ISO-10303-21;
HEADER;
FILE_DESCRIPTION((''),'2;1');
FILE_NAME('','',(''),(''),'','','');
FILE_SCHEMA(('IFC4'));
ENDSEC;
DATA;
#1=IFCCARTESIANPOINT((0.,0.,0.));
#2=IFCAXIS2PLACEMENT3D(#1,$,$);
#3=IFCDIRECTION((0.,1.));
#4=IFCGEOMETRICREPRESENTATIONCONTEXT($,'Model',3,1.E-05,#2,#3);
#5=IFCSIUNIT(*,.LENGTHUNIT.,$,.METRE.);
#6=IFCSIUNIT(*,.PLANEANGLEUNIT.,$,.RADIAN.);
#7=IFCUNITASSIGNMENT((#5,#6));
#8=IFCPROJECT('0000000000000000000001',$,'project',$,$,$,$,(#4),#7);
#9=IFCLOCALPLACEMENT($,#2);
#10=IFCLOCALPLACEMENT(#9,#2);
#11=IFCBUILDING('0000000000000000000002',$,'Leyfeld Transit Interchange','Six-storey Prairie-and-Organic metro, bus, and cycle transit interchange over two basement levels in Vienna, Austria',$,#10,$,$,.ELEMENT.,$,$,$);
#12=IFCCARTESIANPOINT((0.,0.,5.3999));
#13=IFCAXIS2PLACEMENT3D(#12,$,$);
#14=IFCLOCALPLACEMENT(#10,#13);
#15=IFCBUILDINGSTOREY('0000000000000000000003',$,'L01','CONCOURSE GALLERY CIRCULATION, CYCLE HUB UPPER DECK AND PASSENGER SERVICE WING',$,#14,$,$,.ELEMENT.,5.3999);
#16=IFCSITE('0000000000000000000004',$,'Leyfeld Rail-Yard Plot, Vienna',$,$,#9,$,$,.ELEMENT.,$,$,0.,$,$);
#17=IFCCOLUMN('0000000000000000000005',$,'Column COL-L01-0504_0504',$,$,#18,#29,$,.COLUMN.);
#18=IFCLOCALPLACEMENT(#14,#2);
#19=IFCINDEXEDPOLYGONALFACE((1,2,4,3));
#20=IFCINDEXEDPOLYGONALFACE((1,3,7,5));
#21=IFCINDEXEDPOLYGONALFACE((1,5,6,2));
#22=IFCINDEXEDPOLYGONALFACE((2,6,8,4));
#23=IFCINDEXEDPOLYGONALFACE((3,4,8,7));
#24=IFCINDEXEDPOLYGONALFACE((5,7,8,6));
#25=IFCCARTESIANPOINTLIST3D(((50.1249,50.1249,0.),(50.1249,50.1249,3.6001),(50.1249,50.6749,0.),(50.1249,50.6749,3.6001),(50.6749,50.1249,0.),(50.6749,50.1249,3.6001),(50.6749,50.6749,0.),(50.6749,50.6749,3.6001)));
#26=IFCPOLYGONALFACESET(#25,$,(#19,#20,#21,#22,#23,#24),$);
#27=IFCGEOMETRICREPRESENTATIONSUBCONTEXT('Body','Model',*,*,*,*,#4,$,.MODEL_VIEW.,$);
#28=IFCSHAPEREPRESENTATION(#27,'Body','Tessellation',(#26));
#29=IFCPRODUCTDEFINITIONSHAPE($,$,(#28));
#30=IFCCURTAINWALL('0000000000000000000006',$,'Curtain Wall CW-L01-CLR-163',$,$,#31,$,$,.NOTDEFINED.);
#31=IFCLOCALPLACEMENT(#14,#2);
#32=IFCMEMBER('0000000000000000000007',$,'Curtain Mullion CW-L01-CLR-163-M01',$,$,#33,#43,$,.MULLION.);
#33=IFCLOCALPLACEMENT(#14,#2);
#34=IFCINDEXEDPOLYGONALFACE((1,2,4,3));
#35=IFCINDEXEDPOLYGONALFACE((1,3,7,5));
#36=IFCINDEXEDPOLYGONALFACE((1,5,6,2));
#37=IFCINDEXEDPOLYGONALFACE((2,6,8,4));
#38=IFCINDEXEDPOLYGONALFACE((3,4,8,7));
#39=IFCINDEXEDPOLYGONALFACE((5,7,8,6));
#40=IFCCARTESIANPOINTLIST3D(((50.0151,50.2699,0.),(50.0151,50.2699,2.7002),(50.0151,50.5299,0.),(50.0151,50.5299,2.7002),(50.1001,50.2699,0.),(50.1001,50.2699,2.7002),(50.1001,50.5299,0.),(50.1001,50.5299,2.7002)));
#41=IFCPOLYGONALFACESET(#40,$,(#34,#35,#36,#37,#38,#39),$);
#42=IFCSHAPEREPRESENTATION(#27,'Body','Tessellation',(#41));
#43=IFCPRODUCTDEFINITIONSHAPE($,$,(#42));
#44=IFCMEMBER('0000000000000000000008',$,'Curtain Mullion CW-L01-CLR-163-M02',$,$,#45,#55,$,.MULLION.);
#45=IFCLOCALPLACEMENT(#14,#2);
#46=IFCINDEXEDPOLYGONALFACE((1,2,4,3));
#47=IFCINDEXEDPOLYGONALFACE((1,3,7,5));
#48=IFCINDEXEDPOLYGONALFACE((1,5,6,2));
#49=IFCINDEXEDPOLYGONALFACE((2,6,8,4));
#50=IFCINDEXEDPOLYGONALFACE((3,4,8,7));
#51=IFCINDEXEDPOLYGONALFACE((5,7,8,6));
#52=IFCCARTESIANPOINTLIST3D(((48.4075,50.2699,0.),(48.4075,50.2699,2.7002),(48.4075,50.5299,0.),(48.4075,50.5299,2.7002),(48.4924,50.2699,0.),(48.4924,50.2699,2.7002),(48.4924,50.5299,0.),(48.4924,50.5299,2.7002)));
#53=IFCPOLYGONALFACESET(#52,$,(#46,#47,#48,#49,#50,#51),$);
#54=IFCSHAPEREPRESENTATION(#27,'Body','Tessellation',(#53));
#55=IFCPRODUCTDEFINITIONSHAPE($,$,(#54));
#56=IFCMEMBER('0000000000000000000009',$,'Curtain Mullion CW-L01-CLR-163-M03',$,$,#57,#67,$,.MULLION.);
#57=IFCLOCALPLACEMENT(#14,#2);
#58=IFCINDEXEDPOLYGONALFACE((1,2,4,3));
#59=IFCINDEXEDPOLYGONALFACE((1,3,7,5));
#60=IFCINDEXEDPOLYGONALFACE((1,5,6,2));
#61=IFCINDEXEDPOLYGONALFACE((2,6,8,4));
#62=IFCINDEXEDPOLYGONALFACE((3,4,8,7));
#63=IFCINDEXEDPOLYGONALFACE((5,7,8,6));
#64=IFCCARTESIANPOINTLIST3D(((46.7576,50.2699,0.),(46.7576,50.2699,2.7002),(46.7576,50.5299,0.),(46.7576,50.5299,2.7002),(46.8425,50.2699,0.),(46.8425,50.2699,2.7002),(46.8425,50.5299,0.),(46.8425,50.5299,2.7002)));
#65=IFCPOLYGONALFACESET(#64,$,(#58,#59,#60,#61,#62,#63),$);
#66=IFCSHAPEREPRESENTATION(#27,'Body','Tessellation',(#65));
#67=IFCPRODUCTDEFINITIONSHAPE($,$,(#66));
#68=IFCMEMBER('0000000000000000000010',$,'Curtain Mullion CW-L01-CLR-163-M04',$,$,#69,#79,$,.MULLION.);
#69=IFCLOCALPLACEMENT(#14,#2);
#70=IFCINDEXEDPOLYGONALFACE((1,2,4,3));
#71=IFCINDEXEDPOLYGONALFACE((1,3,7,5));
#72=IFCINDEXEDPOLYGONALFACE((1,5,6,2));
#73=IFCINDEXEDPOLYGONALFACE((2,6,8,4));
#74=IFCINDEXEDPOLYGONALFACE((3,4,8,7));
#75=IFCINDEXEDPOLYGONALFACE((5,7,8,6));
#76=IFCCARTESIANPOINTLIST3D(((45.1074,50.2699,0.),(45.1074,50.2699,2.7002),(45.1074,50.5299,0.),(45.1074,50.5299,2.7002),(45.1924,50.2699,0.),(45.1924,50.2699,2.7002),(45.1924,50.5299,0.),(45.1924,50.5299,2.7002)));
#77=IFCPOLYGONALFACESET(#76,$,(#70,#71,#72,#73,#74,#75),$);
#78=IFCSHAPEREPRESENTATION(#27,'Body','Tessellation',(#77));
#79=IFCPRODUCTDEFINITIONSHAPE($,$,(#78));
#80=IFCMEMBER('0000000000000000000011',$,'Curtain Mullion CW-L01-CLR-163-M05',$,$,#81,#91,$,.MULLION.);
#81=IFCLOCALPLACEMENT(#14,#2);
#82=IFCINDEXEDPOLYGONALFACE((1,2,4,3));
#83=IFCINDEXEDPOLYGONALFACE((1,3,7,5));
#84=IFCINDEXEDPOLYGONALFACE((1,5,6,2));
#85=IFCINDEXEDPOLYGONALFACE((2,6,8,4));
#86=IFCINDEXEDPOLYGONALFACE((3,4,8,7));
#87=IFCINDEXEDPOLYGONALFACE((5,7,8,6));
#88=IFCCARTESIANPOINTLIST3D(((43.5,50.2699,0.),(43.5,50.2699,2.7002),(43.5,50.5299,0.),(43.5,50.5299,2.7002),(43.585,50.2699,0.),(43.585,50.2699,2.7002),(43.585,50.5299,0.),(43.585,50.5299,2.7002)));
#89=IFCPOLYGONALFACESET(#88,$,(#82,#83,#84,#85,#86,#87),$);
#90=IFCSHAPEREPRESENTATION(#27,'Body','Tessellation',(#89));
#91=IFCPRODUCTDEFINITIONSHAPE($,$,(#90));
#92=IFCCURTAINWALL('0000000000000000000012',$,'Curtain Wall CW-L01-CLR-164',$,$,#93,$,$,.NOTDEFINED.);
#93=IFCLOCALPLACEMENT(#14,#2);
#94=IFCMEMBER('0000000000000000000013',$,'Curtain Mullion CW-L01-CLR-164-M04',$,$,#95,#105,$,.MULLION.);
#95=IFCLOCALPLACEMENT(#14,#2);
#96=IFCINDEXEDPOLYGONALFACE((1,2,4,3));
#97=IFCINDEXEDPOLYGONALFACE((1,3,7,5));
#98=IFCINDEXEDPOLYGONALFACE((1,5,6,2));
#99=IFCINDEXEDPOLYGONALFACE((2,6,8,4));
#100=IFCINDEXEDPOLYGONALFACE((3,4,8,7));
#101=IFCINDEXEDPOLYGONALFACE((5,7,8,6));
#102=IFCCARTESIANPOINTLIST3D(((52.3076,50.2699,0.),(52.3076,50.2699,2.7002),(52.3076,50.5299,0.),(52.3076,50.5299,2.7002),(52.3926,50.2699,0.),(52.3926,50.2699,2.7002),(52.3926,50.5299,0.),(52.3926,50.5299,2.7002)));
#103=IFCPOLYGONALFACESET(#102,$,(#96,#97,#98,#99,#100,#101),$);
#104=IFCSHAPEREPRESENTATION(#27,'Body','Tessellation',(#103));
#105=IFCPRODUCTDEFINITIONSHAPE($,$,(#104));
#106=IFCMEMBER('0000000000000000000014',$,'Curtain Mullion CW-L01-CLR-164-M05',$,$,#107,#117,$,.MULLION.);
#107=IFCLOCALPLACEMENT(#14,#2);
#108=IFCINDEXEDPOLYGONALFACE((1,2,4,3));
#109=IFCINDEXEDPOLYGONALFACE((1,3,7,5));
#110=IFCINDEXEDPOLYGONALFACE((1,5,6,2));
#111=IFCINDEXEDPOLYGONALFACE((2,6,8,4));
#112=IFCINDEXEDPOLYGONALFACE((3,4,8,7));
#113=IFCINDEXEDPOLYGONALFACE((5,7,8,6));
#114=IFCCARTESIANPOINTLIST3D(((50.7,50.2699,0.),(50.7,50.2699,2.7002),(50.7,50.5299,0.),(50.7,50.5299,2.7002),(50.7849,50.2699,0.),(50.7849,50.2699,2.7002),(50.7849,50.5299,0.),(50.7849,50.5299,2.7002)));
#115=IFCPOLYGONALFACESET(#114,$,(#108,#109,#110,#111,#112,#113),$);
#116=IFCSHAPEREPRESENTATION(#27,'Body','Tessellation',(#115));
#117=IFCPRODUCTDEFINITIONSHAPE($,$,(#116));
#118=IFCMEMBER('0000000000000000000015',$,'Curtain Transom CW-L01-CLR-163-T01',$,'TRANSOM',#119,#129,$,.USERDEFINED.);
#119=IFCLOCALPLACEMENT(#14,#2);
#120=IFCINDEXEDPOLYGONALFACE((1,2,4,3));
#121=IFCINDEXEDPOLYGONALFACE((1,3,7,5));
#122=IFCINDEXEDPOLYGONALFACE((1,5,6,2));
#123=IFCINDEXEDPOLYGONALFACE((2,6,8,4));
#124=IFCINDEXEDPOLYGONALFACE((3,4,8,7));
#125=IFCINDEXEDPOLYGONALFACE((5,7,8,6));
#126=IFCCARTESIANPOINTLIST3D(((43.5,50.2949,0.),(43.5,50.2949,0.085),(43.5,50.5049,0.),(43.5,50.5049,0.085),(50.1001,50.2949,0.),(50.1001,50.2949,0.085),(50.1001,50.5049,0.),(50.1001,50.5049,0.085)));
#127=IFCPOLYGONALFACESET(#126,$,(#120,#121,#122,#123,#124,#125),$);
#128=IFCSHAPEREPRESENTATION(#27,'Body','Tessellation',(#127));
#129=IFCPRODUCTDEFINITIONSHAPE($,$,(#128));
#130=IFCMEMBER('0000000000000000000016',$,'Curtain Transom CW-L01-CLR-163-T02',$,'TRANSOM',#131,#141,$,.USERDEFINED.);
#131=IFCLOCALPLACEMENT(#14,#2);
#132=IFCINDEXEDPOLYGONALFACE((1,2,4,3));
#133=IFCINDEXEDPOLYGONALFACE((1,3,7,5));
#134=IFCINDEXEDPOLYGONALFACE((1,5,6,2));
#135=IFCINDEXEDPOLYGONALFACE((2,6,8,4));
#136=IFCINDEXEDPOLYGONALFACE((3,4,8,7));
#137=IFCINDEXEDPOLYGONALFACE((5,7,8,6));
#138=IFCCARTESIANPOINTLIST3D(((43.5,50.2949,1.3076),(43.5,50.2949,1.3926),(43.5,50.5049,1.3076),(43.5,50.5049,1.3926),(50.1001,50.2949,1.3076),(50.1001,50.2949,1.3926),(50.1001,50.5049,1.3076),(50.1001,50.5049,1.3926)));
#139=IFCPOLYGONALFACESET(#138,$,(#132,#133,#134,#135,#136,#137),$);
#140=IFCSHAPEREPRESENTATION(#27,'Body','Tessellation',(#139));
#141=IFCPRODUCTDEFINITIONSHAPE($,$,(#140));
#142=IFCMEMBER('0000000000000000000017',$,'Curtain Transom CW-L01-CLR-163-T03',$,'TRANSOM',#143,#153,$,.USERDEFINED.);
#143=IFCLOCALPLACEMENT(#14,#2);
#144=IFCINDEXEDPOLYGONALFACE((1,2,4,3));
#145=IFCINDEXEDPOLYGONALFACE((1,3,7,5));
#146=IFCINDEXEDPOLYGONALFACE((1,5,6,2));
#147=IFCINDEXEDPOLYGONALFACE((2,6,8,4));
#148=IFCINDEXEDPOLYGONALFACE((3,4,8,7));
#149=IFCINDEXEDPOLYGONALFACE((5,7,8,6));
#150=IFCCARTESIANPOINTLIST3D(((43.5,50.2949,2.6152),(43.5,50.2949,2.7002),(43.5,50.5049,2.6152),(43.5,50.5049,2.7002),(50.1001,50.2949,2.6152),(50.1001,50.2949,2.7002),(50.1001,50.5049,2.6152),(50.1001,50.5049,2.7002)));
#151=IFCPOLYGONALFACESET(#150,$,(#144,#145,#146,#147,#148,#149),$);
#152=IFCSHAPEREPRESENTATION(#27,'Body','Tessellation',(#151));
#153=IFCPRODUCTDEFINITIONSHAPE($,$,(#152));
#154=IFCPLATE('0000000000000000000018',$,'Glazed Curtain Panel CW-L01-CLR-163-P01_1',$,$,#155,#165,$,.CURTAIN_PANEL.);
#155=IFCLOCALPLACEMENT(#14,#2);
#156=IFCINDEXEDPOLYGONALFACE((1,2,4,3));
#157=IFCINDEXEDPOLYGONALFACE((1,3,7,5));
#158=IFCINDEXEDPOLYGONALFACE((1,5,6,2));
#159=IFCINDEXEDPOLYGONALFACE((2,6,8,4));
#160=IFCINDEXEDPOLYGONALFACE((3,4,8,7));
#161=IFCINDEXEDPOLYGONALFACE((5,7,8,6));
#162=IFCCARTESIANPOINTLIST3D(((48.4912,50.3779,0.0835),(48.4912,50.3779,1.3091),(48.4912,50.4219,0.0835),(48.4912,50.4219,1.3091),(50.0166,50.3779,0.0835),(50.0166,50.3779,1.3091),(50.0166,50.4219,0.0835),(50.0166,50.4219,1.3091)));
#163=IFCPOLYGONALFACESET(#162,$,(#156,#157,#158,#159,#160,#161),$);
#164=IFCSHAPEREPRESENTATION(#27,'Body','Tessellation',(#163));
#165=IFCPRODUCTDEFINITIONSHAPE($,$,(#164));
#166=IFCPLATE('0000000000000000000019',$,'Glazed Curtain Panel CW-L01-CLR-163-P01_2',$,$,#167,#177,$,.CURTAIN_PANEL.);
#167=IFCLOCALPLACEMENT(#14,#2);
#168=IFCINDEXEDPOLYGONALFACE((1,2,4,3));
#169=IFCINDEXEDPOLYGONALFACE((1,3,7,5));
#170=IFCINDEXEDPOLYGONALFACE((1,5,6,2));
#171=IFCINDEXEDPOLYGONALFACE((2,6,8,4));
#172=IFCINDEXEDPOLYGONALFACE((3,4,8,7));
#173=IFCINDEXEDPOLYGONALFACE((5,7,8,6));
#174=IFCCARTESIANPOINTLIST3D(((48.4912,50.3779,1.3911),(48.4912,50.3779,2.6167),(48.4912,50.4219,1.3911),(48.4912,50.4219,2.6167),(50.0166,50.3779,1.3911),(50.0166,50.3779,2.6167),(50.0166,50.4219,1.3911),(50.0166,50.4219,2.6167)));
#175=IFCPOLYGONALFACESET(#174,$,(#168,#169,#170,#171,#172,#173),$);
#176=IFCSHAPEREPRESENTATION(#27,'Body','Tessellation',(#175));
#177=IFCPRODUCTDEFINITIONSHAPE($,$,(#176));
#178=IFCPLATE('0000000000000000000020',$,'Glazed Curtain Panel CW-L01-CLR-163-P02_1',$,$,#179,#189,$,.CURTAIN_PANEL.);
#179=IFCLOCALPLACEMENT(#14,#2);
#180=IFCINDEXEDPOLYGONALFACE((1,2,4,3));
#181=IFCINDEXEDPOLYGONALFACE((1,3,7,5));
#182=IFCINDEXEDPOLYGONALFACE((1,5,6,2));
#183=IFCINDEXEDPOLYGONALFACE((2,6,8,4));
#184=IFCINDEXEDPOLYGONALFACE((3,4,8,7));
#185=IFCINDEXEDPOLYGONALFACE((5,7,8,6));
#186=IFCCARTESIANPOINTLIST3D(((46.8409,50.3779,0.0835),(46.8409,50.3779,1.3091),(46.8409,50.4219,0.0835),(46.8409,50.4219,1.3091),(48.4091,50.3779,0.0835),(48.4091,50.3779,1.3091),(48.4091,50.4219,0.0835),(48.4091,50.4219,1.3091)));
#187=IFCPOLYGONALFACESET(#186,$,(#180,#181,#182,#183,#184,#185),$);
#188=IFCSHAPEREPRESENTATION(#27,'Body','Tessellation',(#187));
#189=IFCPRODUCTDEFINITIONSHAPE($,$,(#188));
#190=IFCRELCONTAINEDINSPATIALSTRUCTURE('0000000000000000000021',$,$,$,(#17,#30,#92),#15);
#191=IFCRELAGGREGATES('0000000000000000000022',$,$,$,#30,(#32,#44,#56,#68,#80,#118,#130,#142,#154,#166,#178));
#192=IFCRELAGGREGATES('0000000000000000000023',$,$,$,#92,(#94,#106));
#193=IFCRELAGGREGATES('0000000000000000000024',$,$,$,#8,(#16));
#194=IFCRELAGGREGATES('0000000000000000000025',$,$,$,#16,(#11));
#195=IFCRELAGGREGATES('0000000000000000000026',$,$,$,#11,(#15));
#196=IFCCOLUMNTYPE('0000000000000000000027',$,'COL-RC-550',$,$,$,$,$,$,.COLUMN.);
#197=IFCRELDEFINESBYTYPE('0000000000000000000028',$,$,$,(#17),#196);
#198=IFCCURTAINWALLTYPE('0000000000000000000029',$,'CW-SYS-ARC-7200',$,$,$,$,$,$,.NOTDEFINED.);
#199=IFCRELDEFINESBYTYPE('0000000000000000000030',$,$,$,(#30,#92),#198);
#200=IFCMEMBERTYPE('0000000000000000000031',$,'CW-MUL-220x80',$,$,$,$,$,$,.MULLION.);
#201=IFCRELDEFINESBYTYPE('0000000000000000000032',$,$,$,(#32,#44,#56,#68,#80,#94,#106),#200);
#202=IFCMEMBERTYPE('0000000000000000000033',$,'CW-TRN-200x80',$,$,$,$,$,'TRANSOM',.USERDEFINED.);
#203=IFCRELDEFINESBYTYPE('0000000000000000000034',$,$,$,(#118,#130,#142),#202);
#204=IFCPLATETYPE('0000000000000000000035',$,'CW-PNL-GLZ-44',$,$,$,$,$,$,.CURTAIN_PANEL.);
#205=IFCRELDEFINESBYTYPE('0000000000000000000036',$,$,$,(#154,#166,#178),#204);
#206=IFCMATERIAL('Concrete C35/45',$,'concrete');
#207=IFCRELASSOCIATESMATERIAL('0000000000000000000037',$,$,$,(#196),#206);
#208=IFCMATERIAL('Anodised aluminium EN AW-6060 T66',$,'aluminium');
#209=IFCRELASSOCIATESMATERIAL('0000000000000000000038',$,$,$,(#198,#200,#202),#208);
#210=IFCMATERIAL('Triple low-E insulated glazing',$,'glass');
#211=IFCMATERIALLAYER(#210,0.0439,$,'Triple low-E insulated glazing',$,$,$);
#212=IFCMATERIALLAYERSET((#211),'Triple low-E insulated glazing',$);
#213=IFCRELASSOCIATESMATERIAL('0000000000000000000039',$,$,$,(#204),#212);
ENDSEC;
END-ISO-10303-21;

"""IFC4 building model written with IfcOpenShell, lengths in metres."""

from ifc_helpers import new_model, si_unit, direction, frame, origin, origin_2d, place, context, subcontext, project, spatial, rectangle, extrude, material, layer, layer_set, material_profile, profile_set, type_object, element, aggregate, save


model = new_model("IFC4")

# Units and contexts
model_context = context("Model", 3, precision=1e-05, world=origin(), true_north=direction((0.0, 1.0)))
body_context = subcontext(model_context, "Body", "Model", "MODEL_VIEW")
ifc_project = project(units=[si_unit("LENGTHUNIT", "METRE"), si_unit("PLANEANGLEUNIT", "RADIAN")], contexts=[model_context])

# Site, building, storey
site_placement = place(None, origin())
site = spatial("IfcSite", under=ifc_project, at=site_placement, Name="Leyfeld Rail-Yard Plot, Vienna", CompositionType="ELEMENT", RefElevation=0.0)
building_placement = place(site_placement, origin())
building = spatial("IfcBuilding", under=site, at=building_placement, Name="Leyfeld Transit Interchange", Description="Six-storey Prairie-and-Organic metro, bus, and cycle transit interchange over two basement levels in Vienna, Austria", CompositionType="ELEMENT")
storey_placement = place(building_placement, frame((0.0, 0.0, 5.3999)))
storey = spatial("IfcBuildingStorey", under=building, at=storey_placement, Name="L01", Description="CONCOURSE GALLERY CIRCULATION, CYCLE HUB UPPER DECK AND PASSENGER SERVICE WING", CompositionType="ELEMENT", Elevation=5.3999)

# Column
ifc_material_1 = material(Name="Concrete C35/45", Category="concrete")
ifc_material_profile_1 = material_profile(ifc_material_1, rectangle(XDim=0.55, YDim=0.55, at=origin_2d()), Name="RC 550x550")
ifc_profile_set_1 = profile_set([ifc_material_profile_1], Name="Concrete C35/45")
column_type = type_object("IfcColumnType", Name="COL-RC-550", PredefinedType="COLUMN", material=ifc_profile_set_1)
column_placement = place(storey_placement, frame((50.3999, 50.3999, 0.0), z_axis=(0.0, 0.0, 1.0), x_axis=(1.0, 0.0, 0.0)))
element("IfcColumn", 1, at=column_placement, inside=storey, type_object=column_type, Name="Column COL-L01-0504_0504", PredefinedType="COLUMN", context=body_context, shape_type="SweptSolid", body=[
    extrude(rectangle(XDim=0.55, YDim=0.55, at=origin_2d()), origin(), (0.0, 0.0, 1.0), 3.6001),
])

# Curtain walls, members
ifc_material_2 = material(Name="Anodised aluminium EN AW-6060 T66", Category="aluminium")
curtain_wall_type = type_object("IfcCurtainWallType", Name="CW-SYS-ARC-7200", PredefinedType="NOTDEFINED", material=ifc_material_2)
curtain_wall_1_placement = place(storey_placement, origin())
curtain_wall_1 = element("IfcCurtainWall", 2, at=curtain_wall_1_placement, inside=storey, type_object=curtain_wall_type, Name="Curtain Wall CW-L01-CLR-163", PredefinedType="NOTDEFINED")
ifc_material_profile_2 = material_profile(ifc_material_2, rectangle(XDim=0.085, YDim=0.26, at=origin_2d()), Name="CW-M 85x260")
ifc_profile_set_2 = profile_set([ifc_material_profile_2], Name="Anodised aluminium EN AW-6060 T66")
member_type_1 = type_object("IfcMemberType", Name="CW-MUL-220x80", PredefinedType="MULLION", material=ifc_profile_set_2)
member_1_placement = place(storey_placement, frame((50.0576, 50.3999, 0.0), z_axis=(0.0, 0.0, 1.0), x_axis=(-1.0, 0.0, 0.0)))
member_1 = element("IfcMember", 3, at=member_1_placement, type_object=member_type_1, Name="Curtain Mullion CW-L01-CLR-163-M01", PredefinedType="MULLION", context=body_context, shape_type="SweptSolid", body=[
    extrude(rectangle(XDim=0.085, YDim=0.26, at=origin_2d()), origin(), (0.0, 0.0, 1.0), 2.7002),
])
member_2_placement = place(storey_placement, frame((48.45, 50.3999, 0.0), z_axis=(0.0, 0.0, 1.0), x_axis=(-1.0, 0.0, 0.0)))
member_2 = element("IfcMember", 4, at=member_2_placement, type_object=member_type_1, Name="Curtain Mullion CW-L01-CLR-163-M02", PredefinedType="MULLION", context=body_context, shape_type="SweptSolid", body=[
    extrude(rectangle(XDim=0.085, YDim=0.26, at=origin_2d()), origin(), (0.0, 0.0, 1.0), 2.7002),
])
member_3_placement = place(storey_placement, frame((46.8, 50.3999, 0.0), z_axis=(0.0, 0.0, 1.0), x_axis=(-1.0, 0.0, 0.0)))
member_3 = element("IfcMember", 5, at=member_3_placement, type_object=member_type_1, Name="Curtain Mullion CW-L01-CLR-163-M03", PredefinedType="MULLION", context=body_context, shape_type="SweptSolid", body=[
    extrude(rectangle(XDim=0.085, YDim=0.26, at=origin_2d()), origin(), (0.0, 0.0, 1.0), 2.7002),
])
member_4_placement = place(storey_placement, frame((45.1499, 50.3999, 0.0), z_axis=(0.0, 0.0, 1.0), x_axis=(-1.0, 0.0, 0.0)))
member_4 = element("IfcMember", 6, at=member_4_placement, type_object=member_type_1, Name="Curtain Mullion CW-L01-CLR-163-M04", PredefinedType="MULLION", context=body_context, shape_type="SweptSolid", body=[
    extrude(rectangle(XDim=0.085, YDim=0.26, at=origin_2d()), origin(), (0.0, 0.0, 1.0), 2.7002),
])
member_5_placement = place(storey_placement, frame((43.5425, 50.3999, 0.0), z_axis=(0.0, 0.0, 1.0), x_axis=(-1.0, 0.0, 0.0)))
member_5 = element("IfcMember", 7, at=member_5_placement, type_object=member_type_1, Name="Curtain Mullion CW-L01-CLR-163-M05", PredefinedType="MULLION", context=body_context, shape_type="SweptSolid", body=[
    extrude(rectangle(XDim=0.085, YDim=0.26, at=origin_2d()), origin(), (0.0, 0.0, 1.0), 2.7002),
])
curtain_wall_2_placement = place(storey_placement, origin())
curtain_wall_2 = element("IfcCurtainWall", 8, at=curtain_wall_2_placement, inside=storey, type_object=curtain_wall_type, Name="Curtain Wall CW-L01-CLR-164", PredefinedType="NOTDEFINED")
member_6_placement = place(storey_placement, frame((52.3501, 50.3999, 0.0), z_axis=(0.0, 0.0, 1.0), x_axis=(-1.0, 0.0, 0.0)))
member_6 = element("IfcMember", 9, at=member_6_placement, type_object=member_type_1, Name="Curtain Mullion CW-L01-CLR-164-M04", PredefinedType="MULLION", context=body_context, shape_type="SweptSolid", body=[
    extrude(rectangle(XDim=0.085, YDim=0.26, at=origin_2d()), origin(), (0.0, 0.0, 1.0), 2.7002),
])
member_7_placement = place(storey_placement, frame((50.7424, 50.3999, 0.0), z_axis=(0.0, 0.0, 1.0), x_axis=(-1.0, 0.0, 0.0)))
member_7 = element("IfcMember", 10, at=member_7_placement, type_object=member_type_1, Name="Curtain Mullion CW-L01-CLR-164-M05", PredefinedType="MULLION", context=body_context, shape_type="SweptSolid", body=[
    extrude(rectangle(XDim=0.085, YDim=0.26, at=origin_2d()), origin(), (0.0, 0.0, 1.0), 2.7002),
])

# Members
ifc_material_profile_3 = material_profile(ifc_material_2, rectangle(XDim=0.21, YDim=0.085, at=origin_2d()), Name="CW-TRN-200x80")
ifc_profile_set_3 = profile_set([ifc_material_profile_3], Name="Anodised aluminium EN AW-6060 T66")
member_type_2 = type_object("IfcMemberType", Name="CW-TRN-200x80", ElementType="TRANSOM", PredefinedType="USERDEFINED", material=ifc_profile_set_3)
member_8_placement = place(storey_placement, frame((50.1001, 50.3999, 0.0425), z_axis=(-1.0, 0.0, 0.0), x_axis=(0.0, -1.0, 0.0)))
member_8 = element("IfcMember", 11, at=member_8_placement, type_object=member_type_2, Name="Curtain Transom CW-L01-CLR-163-T01", ObjectType="TRANSOM", PredefinedType="USERDEFINED", context=body_context, shape_type="SweptSolid", body=[
    extrude(rectangle(XDim=0.21, YDim=0.085, at=origin_2d()), origin(), (0.0, 0.0, 1.0), 6.6001),
])
member_9_placement = place(storey_placement, frame((50.1001, 50.3999, 1.3501), z_axis=(-1.0, 0.0, 0.0), x_axis=(0.0, -1.0, 0.0)))
member_9 = element("IfcMember", 12, at=member_9_placement, type_object=member_type_2, Name="Curtain Transom CW-L01-CLR-163-T02", ObjectType="TRANSOM", PredefinedType="USERDEFINED", context=body_context, shape_type="SweptSolid", body=[
    extrude(rectangle(XDim=0.21, YDim=0.085, at=origin_2d()), origin(), (0.0, 0.0, 1.0), 6.6001),
])
member_10_placement = place(storey_placement, frame((50.1001, 50.3999, 2.6577), z_axis=(-1.0, 0.0, 0.0), x_axis=(0.0, -1.0, 0.0)))
member_10 = element("IfcMember", 13, at=member_10_placement, type_object=member_type_2, Name="Curtain Transom CW-L01-CLR-163-T03", ObjectType="TRANSOM", PredefinedType="USERDEFINED", context=body_context, shape_type="SweptSolid", body=[
    extrude(rectangle(XDim=0.21, YDim=0.085, at=origin_2d()), origin(), (0.0, 0.0, 1.0), 6.6001),
])

# Plates
ifc_material_3 = material(Name="Triple low-E insulated glazing", Category="glass")
ifc_layer = layer(ifc_material_3, 0.0439, Name="Triple low-E insulated glazing")
ifc_layer_set = layer_set([ifc_layer], Name="Triple low-E insulated glazing")
plate_type = type_object("IfcPlateType", Name="CW-PNL-GLZ-44", PredefinedType="CURTAIN_PANEL", material=ifc_layer_set)
plate_1_placement = place(storey_placement, frame((49.2539, 50.3999, 0.0835), z_axis=(0.0, 0.0, 1.0), x_axis=(-1.0, 0.0, 0.0)))
plate_1 = element("IfcPlate", 14, at=plate_1_placement, type_object=plate_type, Name="Glazed Curtain Panel CW-L01-CLR-163-P01_1", PredefinedType="CURTAIN_PANEL", context=body_context, shape_type="SweptSolid", body=[
    extrude(rectangle(XDim=1.5254, YDim=0.0439, at=origin_2d()), origin(), (0.0, 0.0, 1.0), 1.2256),
])
plate_2_placement = place(storey_placement, frame((49.2539, 50.3999, 1.3911), z_axis=(0.0, 0.0, 1.0), x_axis=(-1.0, 0.0, 0.0)))
plate_2 = element("IfcPlate", 15, at=plate_2_placement, type_object=plate_type, Name="Glazed Curtain Panel CW-L01-CLR-163-P01_2", PredefinedType="CURTAIN_PANEL", context=body_context, shape_type="SweptSolid", body=[
    extrude(rectangle(XDim=1.5254, YDim=0.0439, at=origin_2d()), origin(), (0.0, 0.0, 1.0), 1.2256),
])
plate_3_placement = place(storey_placement, frame((47.625, 50.3999, 0.0835), z_axis=(0.0, 0.0, 1.0), x_axis=(-1.0, 0.0, 0.0)))
plate_3 = element("IfcPlate", 16, at=plate_3_placement, type_object=plate_type, Name="Glazed Curtain Panel CW-L01-CLR-163-P02_1", PredefinedType="CURTAIN_PANEL", context=body_context, shape_type="SweptSolid", body=[
    extrude(rectangle(XDim=1.5681, YDim=0.0439, at=origin_2d()), origin(), (0.0, 0.0, 1.0), 1.2256),
])
aggregate(curtain_wall_1, [member_1, member_2, member_3, member_4, member_5, member_8, member_9, member_10, plate_1, plate_2, plate_3])
aggregate(curtain_wall_2, [member_6, member_7])

save(model, "model.ifc")
